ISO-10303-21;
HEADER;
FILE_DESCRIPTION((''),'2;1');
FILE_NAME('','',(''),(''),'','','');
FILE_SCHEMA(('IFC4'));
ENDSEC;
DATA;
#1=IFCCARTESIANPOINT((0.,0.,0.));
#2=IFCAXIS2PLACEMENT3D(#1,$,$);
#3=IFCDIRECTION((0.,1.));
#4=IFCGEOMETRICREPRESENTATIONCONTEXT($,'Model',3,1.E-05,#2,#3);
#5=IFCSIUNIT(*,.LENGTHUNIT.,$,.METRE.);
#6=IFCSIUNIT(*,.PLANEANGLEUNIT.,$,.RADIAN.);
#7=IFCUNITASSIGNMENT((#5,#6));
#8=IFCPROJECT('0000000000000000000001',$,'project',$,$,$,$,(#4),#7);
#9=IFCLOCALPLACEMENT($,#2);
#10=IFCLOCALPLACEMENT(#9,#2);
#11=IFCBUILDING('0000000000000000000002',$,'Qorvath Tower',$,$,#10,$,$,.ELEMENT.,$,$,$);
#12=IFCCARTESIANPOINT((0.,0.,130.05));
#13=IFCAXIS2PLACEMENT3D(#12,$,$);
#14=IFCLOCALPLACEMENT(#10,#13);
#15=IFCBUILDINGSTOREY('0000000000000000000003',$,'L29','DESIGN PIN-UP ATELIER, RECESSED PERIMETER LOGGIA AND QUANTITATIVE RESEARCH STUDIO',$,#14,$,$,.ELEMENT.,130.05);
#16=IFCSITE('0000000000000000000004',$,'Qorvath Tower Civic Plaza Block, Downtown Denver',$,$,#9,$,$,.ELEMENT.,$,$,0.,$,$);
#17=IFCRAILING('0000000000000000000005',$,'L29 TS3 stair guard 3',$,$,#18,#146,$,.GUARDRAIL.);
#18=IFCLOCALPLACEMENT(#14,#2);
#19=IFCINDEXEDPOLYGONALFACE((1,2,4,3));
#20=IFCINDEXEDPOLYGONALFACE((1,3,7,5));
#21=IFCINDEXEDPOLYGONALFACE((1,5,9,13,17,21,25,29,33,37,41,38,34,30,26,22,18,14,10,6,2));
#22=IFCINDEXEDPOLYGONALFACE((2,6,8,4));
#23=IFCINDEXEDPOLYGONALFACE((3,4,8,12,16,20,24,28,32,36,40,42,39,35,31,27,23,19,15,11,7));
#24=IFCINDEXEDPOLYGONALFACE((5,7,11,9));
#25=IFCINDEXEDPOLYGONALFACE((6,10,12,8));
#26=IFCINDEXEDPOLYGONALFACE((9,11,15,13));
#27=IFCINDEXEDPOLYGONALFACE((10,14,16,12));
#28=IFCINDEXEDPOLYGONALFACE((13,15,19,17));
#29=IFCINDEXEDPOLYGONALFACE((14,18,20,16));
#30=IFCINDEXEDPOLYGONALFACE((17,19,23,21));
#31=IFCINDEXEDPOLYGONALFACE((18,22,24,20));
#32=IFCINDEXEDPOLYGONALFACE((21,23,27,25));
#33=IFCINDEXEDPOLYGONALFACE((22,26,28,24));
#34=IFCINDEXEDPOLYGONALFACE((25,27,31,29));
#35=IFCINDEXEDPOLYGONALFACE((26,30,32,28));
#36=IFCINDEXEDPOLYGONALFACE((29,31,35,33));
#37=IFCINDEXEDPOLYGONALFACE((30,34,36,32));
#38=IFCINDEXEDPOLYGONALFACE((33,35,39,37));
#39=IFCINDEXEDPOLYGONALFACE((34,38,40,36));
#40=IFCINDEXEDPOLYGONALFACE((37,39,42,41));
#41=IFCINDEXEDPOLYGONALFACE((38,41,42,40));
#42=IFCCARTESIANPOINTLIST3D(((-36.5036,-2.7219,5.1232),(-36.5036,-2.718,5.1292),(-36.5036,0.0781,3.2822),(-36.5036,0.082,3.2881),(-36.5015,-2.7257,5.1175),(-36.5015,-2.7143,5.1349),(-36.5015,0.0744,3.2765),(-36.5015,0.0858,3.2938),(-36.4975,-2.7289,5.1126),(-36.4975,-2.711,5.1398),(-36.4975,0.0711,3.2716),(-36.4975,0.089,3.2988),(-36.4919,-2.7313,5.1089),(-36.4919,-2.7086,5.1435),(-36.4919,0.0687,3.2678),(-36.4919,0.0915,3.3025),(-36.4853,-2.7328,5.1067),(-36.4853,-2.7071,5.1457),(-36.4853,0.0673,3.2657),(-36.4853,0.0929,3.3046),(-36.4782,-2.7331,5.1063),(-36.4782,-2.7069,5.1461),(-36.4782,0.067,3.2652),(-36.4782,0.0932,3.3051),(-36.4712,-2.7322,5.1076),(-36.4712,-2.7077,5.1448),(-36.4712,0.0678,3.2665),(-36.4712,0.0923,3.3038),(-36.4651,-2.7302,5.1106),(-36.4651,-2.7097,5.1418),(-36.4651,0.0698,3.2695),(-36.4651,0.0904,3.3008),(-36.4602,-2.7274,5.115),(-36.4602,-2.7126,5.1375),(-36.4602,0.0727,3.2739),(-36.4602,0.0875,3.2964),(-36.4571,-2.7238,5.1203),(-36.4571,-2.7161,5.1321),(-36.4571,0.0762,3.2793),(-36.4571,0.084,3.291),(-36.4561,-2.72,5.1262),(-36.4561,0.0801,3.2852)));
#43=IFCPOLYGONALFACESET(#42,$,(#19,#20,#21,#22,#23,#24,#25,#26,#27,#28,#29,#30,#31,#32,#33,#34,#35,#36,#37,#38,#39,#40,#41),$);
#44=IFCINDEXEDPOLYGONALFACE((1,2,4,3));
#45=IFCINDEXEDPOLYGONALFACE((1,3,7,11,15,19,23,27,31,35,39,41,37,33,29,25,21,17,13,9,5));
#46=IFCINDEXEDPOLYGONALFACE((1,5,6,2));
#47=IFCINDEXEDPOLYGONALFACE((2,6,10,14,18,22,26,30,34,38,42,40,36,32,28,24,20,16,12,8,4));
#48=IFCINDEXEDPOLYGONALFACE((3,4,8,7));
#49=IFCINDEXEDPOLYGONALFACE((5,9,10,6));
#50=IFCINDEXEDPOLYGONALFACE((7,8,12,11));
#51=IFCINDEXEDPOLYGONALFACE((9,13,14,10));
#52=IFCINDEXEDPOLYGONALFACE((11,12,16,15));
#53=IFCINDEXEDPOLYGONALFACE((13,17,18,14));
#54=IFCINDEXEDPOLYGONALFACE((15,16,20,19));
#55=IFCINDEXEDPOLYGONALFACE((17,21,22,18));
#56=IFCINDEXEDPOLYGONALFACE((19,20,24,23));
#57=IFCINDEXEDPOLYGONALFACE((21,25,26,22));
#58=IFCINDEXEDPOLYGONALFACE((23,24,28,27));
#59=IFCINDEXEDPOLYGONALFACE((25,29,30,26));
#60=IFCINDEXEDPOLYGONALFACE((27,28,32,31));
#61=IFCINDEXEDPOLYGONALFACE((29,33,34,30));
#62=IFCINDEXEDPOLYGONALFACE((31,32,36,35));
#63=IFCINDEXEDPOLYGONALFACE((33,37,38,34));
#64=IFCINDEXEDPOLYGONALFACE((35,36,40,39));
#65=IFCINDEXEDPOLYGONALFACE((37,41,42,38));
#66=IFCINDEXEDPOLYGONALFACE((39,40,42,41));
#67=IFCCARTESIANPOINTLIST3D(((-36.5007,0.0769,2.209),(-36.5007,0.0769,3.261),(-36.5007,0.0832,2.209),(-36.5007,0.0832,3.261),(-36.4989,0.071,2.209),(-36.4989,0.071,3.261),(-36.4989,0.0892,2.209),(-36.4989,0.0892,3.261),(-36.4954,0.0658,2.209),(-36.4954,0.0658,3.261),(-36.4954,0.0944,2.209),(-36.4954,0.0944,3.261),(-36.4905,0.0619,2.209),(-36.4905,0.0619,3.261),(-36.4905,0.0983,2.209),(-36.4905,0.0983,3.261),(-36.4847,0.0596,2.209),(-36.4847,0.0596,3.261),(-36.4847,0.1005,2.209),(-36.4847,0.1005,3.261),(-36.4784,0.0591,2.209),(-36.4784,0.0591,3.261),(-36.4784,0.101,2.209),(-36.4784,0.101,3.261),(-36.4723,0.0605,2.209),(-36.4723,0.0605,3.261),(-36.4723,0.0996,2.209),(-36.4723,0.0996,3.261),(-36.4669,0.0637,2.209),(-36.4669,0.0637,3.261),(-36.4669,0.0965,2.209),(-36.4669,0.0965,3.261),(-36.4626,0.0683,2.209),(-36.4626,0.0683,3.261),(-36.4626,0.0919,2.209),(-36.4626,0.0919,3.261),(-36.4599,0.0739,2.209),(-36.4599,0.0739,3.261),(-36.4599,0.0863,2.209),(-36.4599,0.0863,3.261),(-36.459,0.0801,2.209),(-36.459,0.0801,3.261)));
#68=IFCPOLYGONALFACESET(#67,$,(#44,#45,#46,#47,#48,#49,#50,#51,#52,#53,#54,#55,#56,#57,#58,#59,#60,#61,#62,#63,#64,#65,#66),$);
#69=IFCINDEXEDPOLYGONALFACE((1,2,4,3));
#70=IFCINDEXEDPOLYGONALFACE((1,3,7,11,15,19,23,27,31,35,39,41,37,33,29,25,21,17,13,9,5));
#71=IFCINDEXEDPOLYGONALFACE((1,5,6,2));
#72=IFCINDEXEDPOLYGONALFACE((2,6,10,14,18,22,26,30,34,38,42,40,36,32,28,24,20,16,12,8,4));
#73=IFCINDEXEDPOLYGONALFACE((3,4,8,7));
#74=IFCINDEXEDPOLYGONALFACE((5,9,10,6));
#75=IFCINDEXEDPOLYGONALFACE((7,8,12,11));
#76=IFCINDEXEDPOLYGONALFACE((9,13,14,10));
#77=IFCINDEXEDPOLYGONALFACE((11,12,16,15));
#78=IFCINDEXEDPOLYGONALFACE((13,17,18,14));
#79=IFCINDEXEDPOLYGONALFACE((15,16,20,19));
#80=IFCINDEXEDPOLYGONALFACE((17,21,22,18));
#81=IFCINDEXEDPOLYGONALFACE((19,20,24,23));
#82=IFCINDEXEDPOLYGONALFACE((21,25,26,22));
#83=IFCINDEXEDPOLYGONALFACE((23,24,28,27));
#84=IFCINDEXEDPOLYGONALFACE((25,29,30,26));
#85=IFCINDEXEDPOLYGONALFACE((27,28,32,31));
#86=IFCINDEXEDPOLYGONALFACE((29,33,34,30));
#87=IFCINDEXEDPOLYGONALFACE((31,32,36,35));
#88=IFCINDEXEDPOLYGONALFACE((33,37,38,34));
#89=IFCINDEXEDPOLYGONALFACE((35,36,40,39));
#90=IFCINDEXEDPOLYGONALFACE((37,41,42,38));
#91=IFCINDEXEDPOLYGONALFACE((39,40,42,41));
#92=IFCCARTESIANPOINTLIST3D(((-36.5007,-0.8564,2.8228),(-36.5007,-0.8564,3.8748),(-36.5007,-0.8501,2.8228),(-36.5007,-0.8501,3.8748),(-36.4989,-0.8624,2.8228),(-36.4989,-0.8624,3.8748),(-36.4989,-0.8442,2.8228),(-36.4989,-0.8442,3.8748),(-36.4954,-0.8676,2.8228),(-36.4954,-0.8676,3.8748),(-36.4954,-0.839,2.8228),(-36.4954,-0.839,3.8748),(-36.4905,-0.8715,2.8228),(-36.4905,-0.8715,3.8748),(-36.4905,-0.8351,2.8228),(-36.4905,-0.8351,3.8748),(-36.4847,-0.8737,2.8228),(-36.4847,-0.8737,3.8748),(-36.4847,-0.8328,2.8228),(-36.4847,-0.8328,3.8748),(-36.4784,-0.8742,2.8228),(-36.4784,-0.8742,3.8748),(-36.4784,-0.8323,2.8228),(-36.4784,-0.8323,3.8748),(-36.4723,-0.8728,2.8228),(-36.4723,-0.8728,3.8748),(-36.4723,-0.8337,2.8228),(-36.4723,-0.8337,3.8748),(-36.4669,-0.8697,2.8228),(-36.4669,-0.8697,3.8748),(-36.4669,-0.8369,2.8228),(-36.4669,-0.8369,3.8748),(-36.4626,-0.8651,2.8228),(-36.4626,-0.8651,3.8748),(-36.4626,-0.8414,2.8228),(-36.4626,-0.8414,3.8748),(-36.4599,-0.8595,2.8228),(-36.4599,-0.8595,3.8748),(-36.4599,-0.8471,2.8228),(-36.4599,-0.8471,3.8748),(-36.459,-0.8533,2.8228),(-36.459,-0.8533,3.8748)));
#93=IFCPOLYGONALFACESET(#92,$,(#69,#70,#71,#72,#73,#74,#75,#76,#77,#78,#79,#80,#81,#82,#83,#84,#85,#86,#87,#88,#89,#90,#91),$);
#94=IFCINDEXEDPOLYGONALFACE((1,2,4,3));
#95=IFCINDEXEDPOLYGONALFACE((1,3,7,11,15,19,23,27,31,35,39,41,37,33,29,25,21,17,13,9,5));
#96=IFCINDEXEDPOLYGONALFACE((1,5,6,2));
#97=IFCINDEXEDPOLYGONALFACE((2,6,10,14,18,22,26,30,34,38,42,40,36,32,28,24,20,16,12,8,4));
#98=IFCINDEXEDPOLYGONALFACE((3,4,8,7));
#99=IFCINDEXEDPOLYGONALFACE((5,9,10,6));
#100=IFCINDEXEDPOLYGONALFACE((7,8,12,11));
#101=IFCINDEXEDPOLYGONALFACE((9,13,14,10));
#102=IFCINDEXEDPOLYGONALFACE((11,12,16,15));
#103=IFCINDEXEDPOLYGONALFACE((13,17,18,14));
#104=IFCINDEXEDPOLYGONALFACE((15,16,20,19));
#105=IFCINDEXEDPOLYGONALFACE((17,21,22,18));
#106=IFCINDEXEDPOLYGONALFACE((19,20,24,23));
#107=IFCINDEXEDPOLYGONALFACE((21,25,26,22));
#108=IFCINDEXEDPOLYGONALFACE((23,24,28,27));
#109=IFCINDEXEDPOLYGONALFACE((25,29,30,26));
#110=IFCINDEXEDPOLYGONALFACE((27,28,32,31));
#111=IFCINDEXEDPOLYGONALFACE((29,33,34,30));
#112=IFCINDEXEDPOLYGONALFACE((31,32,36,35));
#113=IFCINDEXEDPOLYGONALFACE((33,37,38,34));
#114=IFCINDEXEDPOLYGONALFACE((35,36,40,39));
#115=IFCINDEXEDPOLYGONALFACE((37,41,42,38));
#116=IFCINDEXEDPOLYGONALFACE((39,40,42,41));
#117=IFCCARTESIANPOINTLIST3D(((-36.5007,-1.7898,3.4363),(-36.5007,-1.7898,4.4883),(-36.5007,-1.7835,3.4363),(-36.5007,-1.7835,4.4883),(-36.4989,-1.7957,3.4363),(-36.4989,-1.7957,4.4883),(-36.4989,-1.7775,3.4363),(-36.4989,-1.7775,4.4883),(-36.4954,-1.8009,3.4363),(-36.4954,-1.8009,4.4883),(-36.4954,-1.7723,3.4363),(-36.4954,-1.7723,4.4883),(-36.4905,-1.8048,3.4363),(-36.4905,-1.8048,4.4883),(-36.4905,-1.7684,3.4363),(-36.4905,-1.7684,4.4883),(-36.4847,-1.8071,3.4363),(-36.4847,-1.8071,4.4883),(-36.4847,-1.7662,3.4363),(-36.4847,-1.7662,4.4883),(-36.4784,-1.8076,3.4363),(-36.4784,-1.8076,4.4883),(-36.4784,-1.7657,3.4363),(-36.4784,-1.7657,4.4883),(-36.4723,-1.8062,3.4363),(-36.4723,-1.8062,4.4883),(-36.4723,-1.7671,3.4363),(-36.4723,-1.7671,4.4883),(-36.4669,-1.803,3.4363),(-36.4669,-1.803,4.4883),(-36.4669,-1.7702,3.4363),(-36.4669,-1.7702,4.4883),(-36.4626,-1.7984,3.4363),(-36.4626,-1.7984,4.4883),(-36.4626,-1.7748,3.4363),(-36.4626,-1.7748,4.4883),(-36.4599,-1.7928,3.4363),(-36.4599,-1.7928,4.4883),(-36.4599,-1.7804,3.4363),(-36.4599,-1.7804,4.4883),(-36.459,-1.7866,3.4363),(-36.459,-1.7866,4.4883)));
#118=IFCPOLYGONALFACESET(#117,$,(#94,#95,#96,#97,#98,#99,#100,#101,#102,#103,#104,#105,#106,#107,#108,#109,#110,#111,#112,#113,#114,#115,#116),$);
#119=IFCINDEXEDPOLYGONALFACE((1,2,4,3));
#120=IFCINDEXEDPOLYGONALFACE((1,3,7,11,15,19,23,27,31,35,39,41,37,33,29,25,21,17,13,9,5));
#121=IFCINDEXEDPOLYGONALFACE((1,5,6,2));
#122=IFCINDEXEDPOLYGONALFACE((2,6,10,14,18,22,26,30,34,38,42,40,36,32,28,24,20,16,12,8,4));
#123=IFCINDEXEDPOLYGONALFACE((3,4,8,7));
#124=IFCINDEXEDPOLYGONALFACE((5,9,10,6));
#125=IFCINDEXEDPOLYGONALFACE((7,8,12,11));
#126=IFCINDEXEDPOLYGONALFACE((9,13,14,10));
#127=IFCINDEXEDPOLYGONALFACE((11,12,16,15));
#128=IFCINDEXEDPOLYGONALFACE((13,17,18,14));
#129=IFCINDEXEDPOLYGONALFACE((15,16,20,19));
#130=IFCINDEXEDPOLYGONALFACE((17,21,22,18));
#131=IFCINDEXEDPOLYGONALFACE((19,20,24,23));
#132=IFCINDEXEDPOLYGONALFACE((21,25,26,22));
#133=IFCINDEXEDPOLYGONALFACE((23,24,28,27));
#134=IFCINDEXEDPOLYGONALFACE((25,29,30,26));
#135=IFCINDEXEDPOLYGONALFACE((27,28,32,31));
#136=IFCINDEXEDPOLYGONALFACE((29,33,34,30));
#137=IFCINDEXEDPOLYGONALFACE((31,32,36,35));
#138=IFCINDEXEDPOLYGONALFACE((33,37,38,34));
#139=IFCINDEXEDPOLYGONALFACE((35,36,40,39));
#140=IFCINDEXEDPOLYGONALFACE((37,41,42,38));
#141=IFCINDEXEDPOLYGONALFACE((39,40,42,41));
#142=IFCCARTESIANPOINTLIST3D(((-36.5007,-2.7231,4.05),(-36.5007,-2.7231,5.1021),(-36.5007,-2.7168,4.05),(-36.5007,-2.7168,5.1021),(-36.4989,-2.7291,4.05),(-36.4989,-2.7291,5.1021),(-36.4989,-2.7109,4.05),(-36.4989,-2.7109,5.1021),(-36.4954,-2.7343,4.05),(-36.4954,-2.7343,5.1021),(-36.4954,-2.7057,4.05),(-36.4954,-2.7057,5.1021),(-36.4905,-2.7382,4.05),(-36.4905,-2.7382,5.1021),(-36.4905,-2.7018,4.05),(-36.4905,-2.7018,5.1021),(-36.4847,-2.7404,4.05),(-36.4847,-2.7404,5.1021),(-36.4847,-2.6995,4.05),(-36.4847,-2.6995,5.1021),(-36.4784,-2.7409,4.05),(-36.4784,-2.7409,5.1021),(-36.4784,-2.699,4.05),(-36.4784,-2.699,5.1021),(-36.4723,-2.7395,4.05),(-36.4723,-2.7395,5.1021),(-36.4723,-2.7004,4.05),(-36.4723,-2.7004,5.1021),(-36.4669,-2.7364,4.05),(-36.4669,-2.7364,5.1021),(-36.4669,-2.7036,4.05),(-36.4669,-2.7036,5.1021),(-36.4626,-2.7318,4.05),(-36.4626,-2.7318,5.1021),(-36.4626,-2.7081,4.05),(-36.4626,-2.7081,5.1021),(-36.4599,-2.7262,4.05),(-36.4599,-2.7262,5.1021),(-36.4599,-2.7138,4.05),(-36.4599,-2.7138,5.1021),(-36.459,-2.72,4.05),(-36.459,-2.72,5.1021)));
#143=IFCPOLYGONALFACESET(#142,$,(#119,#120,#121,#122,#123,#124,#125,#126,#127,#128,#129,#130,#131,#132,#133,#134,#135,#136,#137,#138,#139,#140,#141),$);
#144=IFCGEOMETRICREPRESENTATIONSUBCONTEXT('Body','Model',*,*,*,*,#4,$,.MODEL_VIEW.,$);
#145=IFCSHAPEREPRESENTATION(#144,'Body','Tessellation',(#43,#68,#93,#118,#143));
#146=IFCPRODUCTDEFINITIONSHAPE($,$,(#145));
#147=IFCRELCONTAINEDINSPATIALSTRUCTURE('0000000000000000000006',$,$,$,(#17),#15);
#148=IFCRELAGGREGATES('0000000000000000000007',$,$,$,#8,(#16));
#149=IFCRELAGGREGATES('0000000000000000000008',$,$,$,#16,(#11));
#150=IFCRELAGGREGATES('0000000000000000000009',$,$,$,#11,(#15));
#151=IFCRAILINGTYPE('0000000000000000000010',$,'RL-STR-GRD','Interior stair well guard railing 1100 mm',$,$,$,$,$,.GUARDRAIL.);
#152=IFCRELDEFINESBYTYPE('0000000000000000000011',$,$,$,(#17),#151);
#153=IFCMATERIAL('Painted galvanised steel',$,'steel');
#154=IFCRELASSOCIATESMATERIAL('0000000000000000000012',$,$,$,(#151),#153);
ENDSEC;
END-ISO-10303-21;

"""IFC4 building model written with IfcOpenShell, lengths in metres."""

from ifc_helpers import new_model, si_unit, direction, frame, origin, origin_2d, place, context, subcontext, project, spatial, circle, extrude, material, type_object, element, save


model = new_model("IFC4")

# Units and contexts
model_context = context("Model", 3, precision=1e-05, world=origin(), true_north=direction((0.0, 1.0)))
body_context = subcontext(model_context, "Body", "Model", "MODEL_VIEW")
ifc_project = project(units=[si_unit("LENGTHUNIT", "METRE"), si_unit("PLANEANGLEUNIT", "RADIAN")], contexts=[model_context])

# Site, building, storey
site_placement = place(None, origin())
site = spatial("IfcSite", under=ifc_project, at=site_placement, Name="Qorvath Tower Civic Plaza Block, Downtown Denver", CompositionType="ELEMENT", RefElevation=0.0)
building_placement = place(site_placement, origin())
building = spatial("IfcBuilding", under=site, at=building_placement, Name="Qorvath Tower", CompositionType="ELEMENT")
storey_placement = place(building_placement, frame((0.0, 0.0, 130.05)))
storey = spatial("IfcBuildingStorey", under=building, at=storey_placement, Name="L29", Description="DESIGN PIN-UP ATELIER, RECESSED PERIMETER LOGGIA AND QUANTITATIVE RESEARCH STUDIO", CompositionType="ELEMENT", Elevation=130.05)

# Railing
ifc_material_1 = material(Name="Painted galvanised steel", Category="steel")
railing_type_1 = type_object("IfcRailingType", Name="RL-STR-GRD", Description="Interior stair well guard railing 1100 mm", PredefinedType="GUARDRAIL", material=ifc_material_1)
railing_1_placement = place(storey_placement, frame((-36.48, 0.0801, 2.209)))
element("IfcRailing", 1, at=railing_1_placement, inside=storey, type_object=railing_type_1, Name="L29 TS3 stair guard 3", PredefinedType="GUARDRAIL", context=body_context, shape_type="SweptSolid", body=[
    extrude(circle(Radius=0.0239, at=origin_2d()), frame((0.0, 0.0, 1.0762), z_axis=(0.0, -0.835564, 0.549393), x_axis=(1.0, 0.0, 0.0)), (0.0, 0.0, 1.0), 3.3511),
    extrude(circle(Radius=0.021, at=origin_2d()), origin(), (0.0, 0.0, 1.0), 1.052),
    extrude(circle(Radius=0.021, at=origin_2d()), frame((0.0, -0.9333, 0.6138)), (0.0, 0.0, 1.0), 1.052),
    extrude(circle(Radius=0.021, at=origin_2d()), frame((0.0, -1.8667, 1.2273)), (0.0, 0.0, 1.0), 1.052),
    extrude(circle(Radius=0.021, at=origin_2d()), frame((0.0, -2.8, 1.8411)), (0.0, 0.0, 1.0), 1.052),
])

save(model, "model.ifc")
